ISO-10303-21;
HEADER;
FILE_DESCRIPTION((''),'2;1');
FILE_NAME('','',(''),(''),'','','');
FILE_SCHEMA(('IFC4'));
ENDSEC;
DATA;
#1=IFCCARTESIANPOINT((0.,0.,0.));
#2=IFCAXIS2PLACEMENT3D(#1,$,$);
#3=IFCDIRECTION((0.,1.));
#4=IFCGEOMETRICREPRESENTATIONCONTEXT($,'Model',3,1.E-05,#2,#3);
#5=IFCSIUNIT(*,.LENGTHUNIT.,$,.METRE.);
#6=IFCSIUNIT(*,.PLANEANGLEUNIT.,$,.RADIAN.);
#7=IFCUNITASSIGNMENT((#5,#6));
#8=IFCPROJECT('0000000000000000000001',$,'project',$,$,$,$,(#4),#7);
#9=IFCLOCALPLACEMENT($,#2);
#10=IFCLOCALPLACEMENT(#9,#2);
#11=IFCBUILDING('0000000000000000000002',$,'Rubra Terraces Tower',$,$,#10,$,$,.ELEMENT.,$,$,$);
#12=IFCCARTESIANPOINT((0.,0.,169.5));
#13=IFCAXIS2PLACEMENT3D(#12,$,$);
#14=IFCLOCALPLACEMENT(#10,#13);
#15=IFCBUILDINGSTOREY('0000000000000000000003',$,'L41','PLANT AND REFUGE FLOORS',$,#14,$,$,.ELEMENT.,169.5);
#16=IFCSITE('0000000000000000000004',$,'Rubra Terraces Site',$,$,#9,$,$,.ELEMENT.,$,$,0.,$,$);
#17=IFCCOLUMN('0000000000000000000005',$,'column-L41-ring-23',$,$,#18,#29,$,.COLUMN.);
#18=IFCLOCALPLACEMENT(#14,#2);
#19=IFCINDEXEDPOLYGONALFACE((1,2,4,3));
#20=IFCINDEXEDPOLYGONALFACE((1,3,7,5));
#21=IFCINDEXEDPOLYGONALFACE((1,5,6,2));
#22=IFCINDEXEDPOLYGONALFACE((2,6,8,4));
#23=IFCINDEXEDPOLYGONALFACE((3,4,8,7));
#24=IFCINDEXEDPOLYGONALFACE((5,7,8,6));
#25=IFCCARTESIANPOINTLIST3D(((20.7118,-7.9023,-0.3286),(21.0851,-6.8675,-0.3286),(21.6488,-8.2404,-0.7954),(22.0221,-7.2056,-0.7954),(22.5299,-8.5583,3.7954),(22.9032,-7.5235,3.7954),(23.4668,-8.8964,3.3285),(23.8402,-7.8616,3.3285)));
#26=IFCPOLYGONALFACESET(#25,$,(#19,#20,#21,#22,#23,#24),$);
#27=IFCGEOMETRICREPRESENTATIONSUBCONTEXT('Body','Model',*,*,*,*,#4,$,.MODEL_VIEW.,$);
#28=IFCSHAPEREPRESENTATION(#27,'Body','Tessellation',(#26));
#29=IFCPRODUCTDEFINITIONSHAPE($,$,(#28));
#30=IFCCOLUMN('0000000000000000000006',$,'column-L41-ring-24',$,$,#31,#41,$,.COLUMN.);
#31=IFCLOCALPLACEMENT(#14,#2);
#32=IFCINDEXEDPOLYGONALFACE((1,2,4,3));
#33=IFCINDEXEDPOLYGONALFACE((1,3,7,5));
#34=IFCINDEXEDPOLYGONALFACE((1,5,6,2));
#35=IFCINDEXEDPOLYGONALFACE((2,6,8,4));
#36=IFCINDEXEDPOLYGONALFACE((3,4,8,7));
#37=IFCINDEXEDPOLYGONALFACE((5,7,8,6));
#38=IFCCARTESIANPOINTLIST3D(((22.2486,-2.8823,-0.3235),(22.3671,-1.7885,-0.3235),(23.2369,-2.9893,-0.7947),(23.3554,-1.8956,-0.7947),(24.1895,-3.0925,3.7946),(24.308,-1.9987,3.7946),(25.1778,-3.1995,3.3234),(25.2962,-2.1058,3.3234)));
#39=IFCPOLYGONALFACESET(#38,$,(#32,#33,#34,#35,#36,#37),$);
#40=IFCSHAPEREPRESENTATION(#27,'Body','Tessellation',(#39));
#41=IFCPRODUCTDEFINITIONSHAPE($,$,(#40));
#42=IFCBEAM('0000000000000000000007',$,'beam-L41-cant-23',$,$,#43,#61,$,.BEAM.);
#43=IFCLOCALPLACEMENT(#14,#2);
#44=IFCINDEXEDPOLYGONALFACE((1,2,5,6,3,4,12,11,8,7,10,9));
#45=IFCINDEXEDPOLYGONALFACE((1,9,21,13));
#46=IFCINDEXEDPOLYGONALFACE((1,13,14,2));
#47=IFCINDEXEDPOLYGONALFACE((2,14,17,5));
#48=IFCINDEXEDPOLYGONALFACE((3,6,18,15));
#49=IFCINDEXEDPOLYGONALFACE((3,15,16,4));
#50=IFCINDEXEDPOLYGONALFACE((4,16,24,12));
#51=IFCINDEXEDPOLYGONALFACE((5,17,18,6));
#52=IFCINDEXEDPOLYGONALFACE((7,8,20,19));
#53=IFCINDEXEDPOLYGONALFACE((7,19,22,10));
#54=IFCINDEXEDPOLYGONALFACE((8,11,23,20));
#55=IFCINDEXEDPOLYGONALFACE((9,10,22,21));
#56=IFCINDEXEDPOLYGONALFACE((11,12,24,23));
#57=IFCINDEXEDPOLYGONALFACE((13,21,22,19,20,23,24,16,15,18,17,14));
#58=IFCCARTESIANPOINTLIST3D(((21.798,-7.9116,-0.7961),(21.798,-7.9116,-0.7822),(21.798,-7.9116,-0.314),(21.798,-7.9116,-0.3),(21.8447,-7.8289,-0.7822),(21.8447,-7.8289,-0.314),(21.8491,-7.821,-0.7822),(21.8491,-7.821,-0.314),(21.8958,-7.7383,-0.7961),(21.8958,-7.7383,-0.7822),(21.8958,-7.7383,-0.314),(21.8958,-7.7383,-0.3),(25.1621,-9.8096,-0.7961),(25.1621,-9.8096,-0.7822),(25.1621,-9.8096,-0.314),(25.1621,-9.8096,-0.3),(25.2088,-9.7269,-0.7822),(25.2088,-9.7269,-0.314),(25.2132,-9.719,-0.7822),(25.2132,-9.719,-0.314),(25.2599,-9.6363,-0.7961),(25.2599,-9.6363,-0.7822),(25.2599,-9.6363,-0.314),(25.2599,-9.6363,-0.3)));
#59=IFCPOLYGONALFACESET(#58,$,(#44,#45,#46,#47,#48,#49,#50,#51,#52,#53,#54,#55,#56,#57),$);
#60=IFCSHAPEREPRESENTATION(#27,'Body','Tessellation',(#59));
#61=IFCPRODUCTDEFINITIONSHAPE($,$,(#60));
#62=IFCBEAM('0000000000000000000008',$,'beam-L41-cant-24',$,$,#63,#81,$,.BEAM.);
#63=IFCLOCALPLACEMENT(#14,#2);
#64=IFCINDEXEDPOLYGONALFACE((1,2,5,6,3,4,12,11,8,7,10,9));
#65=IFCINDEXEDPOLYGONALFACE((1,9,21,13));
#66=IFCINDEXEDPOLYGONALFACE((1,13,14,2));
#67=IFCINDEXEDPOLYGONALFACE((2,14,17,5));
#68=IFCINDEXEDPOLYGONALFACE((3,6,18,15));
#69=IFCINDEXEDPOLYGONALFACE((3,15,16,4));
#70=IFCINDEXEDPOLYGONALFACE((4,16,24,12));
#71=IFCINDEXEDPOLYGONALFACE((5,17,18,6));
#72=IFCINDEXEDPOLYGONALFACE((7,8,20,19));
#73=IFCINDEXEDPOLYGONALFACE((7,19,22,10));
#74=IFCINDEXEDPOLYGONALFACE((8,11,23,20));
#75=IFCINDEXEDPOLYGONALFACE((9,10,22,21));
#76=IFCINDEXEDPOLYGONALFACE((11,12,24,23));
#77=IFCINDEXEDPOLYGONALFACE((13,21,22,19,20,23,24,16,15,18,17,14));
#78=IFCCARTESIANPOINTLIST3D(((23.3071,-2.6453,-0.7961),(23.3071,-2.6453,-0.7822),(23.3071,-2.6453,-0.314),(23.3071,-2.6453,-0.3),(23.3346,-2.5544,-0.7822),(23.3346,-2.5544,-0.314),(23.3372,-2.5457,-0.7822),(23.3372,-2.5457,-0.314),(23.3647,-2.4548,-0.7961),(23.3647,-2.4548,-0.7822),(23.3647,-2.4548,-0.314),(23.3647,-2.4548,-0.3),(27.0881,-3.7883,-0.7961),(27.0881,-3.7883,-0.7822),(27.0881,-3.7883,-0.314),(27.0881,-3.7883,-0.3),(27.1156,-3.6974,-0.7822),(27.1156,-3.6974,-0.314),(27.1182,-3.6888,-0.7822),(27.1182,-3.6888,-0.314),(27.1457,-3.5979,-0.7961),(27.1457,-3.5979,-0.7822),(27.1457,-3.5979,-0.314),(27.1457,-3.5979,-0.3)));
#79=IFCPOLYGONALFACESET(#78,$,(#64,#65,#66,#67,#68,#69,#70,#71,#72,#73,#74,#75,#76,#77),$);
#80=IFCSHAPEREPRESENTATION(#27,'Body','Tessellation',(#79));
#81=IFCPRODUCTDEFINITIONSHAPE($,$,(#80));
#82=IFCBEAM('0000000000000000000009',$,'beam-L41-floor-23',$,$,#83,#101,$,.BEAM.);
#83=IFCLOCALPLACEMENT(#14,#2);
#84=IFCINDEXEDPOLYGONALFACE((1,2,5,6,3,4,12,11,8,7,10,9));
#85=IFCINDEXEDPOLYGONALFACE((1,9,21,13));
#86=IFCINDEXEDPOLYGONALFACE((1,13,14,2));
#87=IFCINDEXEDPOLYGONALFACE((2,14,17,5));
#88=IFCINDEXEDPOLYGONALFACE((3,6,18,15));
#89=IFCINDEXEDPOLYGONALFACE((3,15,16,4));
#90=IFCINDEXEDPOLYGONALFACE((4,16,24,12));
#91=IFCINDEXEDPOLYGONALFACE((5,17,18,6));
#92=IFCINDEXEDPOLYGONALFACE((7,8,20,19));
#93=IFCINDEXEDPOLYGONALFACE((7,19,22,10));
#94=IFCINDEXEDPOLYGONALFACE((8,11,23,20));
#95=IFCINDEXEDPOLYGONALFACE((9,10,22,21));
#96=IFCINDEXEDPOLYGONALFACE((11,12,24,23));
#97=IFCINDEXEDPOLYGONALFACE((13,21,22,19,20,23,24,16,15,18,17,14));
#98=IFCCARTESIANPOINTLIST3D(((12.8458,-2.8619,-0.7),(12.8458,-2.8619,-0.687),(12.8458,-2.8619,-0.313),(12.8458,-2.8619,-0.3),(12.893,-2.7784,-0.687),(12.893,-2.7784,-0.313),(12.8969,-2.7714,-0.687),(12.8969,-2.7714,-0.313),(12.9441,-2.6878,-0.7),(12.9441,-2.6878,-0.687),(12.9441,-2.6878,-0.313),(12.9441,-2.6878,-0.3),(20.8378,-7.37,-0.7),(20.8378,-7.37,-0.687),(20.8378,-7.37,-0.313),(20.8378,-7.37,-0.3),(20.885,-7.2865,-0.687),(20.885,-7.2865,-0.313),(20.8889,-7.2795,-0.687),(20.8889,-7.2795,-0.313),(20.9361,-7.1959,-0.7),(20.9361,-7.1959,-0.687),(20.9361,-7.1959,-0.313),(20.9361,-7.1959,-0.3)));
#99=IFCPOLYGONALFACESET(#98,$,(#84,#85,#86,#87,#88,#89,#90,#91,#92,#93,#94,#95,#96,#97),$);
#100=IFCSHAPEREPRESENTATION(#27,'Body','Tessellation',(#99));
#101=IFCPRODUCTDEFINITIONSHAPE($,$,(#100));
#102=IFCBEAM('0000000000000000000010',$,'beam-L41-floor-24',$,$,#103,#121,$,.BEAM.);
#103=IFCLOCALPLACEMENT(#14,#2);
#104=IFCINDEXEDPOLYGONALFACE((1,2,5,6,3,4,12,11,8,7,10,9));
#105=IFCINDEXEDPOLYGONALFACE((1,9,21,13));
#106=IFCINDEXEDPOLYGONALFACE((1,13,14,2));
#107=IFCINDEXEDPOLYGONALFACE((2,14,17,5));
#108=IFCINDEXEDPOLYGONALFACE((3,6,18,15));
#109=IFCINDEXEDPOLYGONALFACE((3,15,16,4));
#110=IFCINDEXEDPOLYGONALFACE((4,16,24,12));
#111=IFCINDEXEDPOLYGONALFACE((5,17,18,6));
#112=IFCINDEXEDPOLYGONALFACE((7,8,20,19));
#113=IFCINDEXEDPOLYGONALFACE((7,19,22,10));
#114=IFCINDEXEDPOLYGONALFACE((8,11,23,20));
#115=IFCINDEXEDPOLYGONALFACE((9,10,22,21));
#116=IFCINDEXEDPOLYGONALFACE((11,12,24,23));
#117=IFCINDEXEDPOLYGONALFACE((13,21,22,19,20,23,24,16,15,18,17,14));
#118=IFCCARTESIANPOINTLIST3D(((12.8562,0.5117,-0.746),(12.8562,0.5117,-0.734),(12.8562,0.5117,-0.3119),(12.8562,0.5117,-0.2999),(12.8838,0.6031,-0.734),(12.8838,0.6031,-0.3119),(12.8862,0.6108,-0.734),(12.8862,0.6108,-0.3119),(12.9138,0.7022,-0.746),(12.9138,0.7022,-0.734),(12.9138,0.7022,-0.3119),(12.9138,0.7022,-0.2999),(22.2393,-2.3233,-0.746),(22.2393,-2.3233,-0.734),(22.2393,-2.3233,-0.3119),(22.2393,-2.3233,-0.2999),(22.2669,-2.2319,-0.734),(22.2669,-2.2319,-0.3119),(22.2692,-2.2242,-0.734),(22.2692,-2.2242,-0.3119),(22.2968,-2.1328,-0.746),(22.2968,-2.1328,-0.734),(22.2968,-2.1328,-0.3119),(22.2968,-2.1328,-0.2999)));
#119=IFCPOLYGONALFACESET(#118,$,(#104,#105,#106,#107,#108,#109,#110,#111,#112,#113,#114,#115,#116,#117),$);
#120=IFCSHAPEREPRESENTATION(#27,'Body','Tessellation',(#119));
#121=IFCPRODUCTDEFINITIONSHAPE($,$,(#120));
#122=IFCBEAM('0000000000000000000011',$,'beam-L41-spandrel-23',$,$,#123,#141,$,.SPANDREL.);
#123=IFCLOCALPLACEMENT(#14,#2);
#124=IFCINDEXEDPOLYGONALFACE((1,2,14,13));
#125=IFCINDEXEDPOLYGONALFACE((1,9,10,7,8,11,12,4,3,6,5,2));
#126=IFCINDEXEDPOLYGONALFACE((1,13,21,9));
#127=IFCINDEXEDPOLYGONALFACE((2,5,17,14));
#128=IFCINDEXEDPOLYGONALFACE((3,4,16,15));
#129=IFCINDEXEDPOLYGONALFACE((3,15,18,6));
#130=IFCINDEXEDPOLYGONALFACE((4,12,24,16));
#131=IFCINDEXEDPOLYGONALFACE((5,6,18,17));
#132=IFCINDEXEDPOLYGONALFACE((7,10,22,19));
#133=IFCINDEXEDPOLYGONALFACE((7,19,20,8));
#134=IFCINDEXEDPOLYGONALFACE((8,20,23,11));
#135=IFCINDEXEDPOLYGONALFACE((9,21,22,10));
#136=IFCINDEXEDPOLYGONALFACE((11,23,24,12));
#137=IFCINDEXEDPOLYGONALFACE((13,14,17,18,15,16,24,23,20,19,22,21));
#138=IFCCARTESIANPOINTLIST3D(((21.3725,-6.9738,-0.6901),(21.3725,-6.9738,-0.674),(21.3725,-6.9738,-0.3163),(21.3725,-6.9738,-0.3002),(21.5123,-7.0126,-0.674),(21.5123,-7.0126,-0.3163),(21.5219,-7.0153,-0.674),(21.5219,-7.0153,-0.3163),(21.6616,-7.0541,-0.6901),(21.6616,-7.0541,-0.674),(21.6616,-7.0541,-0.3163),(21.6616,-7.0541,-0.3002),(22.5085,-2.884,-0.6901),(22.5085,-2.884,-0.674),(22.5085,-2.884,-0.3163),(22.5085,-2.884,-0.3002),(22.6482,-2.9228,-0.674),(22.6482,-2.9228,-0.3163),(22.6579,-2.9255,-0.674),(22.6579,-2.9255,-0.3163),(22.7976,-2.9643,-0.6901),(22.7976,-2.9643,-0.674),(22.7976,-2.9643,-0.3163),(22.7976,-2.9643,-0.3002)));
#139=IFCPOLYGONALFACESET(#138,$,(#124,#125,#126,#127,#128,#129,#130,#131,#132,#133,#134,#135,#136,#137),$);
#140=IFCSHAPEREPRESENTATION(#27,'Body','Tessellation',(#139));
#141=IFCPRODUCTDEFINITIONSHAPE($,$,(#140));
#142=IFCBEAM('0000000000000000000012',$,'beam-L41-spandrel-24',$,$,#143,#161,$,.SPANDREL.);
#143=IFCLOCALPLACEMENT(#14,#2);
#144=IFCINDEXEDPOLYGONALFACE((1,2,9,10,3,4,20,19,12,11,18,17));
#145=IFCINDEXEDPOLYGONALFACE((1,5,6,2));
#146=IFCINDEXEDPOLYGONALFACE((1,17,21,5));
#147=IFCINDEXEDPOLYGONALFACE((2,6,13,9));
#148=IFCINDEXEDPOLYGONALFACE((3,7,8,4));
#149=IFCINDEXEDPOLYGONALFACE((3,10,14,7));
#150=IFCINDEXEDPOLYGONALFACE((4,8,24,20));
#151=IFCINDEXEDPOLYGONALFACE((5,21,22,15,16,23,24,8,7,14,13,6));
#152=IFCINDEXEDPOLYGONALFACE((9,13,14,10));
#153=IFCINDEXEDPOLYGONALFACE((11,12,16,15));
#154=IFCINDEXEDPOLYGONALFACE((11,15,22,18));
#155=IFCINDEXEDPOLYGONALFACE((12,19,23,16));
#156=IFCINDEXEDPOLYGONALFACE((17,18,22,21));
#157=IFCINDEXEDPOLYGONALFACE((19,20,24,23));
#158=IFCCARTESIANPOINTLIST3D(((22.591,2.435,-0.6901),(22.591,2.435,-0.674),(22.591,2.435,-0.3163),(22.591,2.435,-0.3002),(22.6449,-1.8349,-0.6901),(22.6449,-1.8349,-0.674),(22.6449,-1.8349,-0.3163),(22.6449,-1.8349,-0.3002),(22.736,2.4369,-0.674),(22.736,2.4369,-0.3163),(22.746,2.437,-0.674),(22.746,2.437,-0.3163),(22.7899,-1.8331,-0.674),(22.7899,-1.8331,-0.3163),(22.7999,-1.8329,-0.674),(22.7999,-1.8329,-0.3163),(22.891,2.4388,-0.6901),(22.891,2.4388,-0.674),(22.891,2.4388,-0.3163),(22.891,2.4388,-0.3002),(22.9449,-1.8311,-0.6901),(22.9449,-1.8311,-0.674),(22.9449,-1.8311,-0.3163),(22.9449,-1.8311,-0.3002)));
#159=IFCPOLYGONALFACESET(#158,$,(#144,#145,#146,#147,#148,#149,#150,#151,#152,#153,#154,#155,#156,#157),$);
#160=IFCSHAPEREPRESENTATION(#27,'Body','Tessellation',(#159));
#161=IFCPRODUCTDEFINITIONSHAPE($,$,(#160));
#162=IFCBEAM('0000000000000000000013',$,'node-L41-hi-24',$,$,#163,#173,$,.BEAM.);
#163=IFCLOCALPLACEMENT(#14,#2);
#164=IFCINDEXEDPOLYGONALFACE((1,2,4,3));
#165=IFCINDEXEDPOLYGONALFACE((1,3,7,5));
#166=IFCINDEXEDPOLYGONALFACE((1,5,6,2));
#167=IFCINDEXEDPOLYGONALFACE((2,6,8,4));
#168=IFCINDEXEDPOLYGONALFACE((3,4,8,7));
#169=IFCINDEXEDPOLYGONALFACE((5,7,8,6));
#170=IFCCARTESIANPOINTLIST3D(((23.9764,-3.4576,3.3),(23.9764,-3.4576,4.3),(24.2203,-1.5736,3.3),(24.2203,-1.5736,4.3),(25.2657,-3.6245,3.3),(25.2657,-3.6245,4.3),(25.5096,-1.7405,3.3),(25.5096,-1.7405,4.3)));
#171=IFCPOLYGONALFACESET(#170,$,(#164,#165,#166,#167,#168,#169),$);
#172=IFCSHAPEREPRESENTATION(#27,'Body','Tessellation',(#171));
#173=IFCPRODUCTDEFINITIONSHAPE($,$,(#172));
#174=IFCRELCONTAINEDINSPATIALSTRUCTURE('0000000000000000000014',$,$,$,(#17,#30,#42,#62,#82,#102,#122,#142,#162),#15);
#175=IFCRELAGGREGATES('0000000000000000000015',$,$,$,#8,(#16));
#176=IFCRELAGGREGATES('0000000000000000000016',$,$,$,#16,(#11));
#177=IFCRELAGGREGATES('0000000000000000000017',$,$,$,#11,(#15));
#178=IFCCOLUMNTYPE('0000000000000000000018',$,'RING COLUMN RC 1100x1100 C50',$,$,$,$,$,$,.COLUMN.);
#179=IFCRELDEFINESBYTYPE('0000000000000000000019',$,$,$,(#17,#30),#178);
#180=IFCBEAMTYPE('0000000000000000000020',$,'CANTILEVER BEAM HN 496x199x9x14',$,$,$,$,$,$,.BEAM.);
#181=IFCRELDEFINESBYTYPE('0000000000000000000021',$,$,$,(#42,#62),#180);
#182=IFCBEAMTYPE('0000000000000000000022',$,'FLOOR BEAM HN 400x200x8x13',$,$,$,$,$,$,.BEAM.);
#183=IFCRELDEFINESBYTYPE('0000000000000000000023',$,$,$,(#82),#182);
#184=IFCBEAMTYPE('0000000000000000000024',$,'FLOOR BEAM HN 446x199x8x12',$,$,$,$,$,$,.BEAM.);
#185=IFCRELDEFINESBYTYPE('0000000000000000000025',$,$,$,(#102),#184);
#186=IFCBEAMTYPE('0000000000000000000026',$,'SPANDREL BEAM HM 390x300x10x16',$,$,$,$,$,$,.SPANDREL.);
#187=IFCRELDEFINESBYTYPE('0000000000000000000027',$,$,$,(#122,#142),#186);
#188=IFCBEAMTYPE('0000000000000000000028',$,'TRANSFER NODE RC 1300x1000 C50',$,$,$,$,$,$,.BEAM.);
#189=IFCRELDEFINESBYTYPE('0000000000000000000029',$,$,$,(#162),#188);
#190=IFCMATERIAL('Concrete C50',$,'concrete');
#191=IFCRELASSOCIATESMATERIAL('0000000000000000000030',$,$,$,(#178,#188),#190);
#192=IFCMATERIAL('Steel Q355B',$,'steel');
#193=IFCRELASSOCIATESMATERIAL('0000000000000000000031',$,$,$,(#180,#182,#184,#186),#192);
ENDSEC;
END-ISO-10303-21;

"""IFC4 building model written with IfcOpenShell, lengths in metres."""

from ifc_helpers import new_model, si_unit, direction, frame, origin, origin_2d, place, context, subcontext, project, spatial, rectangle, i_section, extrude, material, material_profile, profile_set, type_object, element, save


model = new_model("IFC4")

# Units and contexts
model_context = context("Model", 3, precision=1e-05, world=origin(), true_north=direction((0.0, 1.0)))
body_context = subcontext(model_context, "Body", "Model", "MODEL_VIEW")
ifc_project = project(units=[si_unit("LENGTHUNIT", "METRE"), si_unit("PLANEANGLEUNIT", "RADIAN")], contexts=[model_context])

# Site, building, storey
site_placement = place(None, origin())
site = spatial("IfcSite", under=ifc_project, at=site_placement, Name="Rubra Terraces Site", CompositionType="ELEMENT", RefElevation=0.0)
building_placement = place(site_placement, origin())
building = spatial("IfcBuilding", under=site, at=building_placement, Name="Rubra Terraces Tower", CompositionType="ELEMENT")
storey_placement = place(building_placement, frame((0.0, 0.0, 169.5)))
storey = spatial("IfcBuildingStorey", under=building, at=storey_placement, Name="L41", Description="PLANT AND REFUGE FLOORS", CompositionType="ELEMENT", Elevation=169.5)

# Columns
ifc_material_1 = material(Name="Concrete C50", Category="concrete")
ifc_material_profile_1 = material_profile(ifc_material_1, rectangle(XDim=1.1001, YDim=1.1001, at=origin_2d()), Name="RC 1100x1100")
ifc_profile_set_1 = profile_set([ifc_material_profile_1], Name="Concrete C50")
column_type = type_object("IfcColumnType", Name="RING COLUMN RC 1100x1100 C50", PredefinedType="COLUMN", material=ifc_profile_set_1)
column_1_placement = place(storey_placement, frame((21.3669, -7.554, -0.562), z_axis=(0.399191, -0.144035, 0.905484), x_axis=(0.339399, 0.940642, 0.0)))
element("IfcColumn", 1, at=column_1_placement, inside=storey, type_object=column_type, Name="column-L41-ring-23", PredefinedType="COLUMN", context=body_context, shape_type="SweptSolid", body=[
    extrude(rectangle(XDim=1.1001, YDim=1.1001, at=origin_2d()), origin(), (0.0, 0.0, 1.0), 4.5544),
])
column_2_placement = place(storey_placement, frame((22.802, -2.3889, -0.5591), z_axis=(0.425875, -0.046123, 0.903606), x_axis=(0.107672, 0.994186, 0.0)))
element("IfcColumn", 2, at=column_2_placement, inside=storey, type_object=column_type, Name="column-L41-ring-24", PredefinedType="COLUMN", context=body_context, shape_type="SweptSolid", body=[
    extrude(rectangle(XDim=1.1001, YDim=1.1001, at=origin_2d()), origin(), (0.0, 0.0, 1.0), 4.5574),
])

# Beams
ifc_material_2 = material(Name="Steel Q355B", Category="steel")
ifc_material_profile_2 = material_profile(ifc_material_2, i_section(OverallWidth=0.199, OverallDepth=0.4961, WebThickness=0.009, FlangeThickness=0.0139, at=origin_2d()), Name="HN 496x199x9x14")
ifc_profile_set_2 = profile_set([ifc_material_profile_2], Name="Steel Q355B")
beam_type_1 = type_object("IfcBeamType", Name="CANTILEVER BEAM HN 496x199x9x14", PredefinedType="BEAM", material=ifc_profile_set_2)
beam_1_placement = place(storey_placement, frame((21.8469, -7.825, -0.5481), z_axis=(0.870945, -0.49138, 0.0), x_axis=(0.49138, 0.870945, 0.0)))
element("IfcBeam", 3, at=beam_1_placement, inside=storey, type_object=beam_type_1, Name="beam-L41-cant-23", PredefinedType="BEAM", context=body_context, shape_type="SweptSolid", body=[
    extrude(i_section(OverallWidth=0.199, OverallDepth=0.4961, WebThickness=0.009, FlangeThickness=0.0139, at=origin_2d()), origin(), (0.0, 0.0, 1.0), 3.8625),
])
beam_2_placement = place(storey_placement, frame((23.3359, -2.55, -0.5481), z_axis=(0.957213, -0.289383, 0.0), x_axis=(0.289383, 0.957213, 0.0)))
element("IfcBeam", 4, at=beam_2_placement, inside=storey, type_object=beam_type_1, Name="beam-L41-cant-24", PredefinedType="BEAM", context=body_context, shape_type="SweptSolid", body=[
    extrude(i_section(OverallWidth=0.199, OverallDepth=0.4961, WebThickness=0.009, FlangeThickness=0.0139, at=origin_2d()), origin(), (0.0, 0.0, 1.0), 3.95),
])
ifc_material_profile_3 = material_profile(ifc_material_2, i_section(OverallWidth=0.2, OverallDepth=0.3999, WebThickness=0.0081, FlangeThickness=0.0129, at=origin_2d()), Name="HN 400x200x8x13")
ifc_profile_set_3 = profile_set([ifc_material_profile_3], Name="Steel Q355B")
beam_type_2 = type_object("IfcBeamType", Name="FLOOR BEAM HN 400x200x8x13", PredefinedType="BEAM", material=ifc_profile_set_3)
beam_3_placement = place(storey_placement, frame((20.887, -7.283, -0.5), z_axis=(-0.870989, 0.491303, 0.0), x_axis=(-0.491303, -0.870989, 0.0)))
element("IfcBeam", 5, at=beam_3_placement, inside=storey, type_object=beam_type_2, Name="beam-L41-floor-23", PredefinedType="BEAM", context=body_context, shape_type="SweptSolid", body=[
    extrude(i_section(OverallWidth=0.2, OverallDepth=0.3999, WebThickness=0.0081, FlangeThickness=0.0129, at=origin_2d()), origin(), (0.0, 0.0, 1.0), 9.1758),
])
ifc_material_profile_4 = material_profile(ifc_material_2, i_section(OverallWidth=0.199, OverallDepth=0.446, WebThickness=0.0081, FlangeThickness=0.012, at=origin_2d()), Name="HN 446x199x8x12")
ifc_profile_set_4 = profile_set([ifc_material_profile_4], Name="Steel Q355B")
beam_type_3 = type_object("IfcBeamType", Name="FLOOR BEAM HN 446x199x8x12", PredefinedType="BEAM", material=ifc_profile_set_4)
beam_4_placement = place(storey_placement, frame((22.2681, -2.228, -0.5229), z_axis=(-0.957262, 0.289223, 0.0), x_axis=(-0.289223, -0.957262, 0.0)))
element("IfcBeam", 6, at=beam_4_placement, inside=storey, type_object=beam_type_3, Name="beam-L41-floor-24", PredefinedType="BEAM", context=body_context, shape_type="SweptSolid", body=[
    extrude(i_section(OverallWidth=0.199, OverallDepth=0.446, WebThickness=0.0081, FlangeThickness=0.012, at=origin_2d()), origin(), (0.0, 0.0, 1.0), 9.802),
])
ifc_material_profile_5 = material_profile(ifc_material_2, i_section(OverallWidth=0.3, OverallDepth=0.3899, WebThickness=0.01, FlangeThickness=0.0161, at=origin_2d()), Name="HM 390x300x10x16")
ifc_profile_set_5 = profile_set([ifc_material_profile_5], Name="Steel Q355B")
beam_type_4 = type_object("IfcBeamType", Name="SPANDREL BEAM HM 390x300x10x16", PredefinedType="SPANDREL", material=ifc_profile_set_5)
beam_5_placement = place(storey_placement, frame((21.5171, -7.0139, -0.4951), z_axis=(0.267626, 0.963523, 0.0), x_axis=(-0.963523, 0.267626, 0.0)))
element("IfcBeam", 7, at=beam_5_placement, inside=storey, type_object=beam_type_4, Name="beam-L41-spandrel-23", PredefinedType="SPANDREL", context=body_context, shape_type="SweptSolid", body=[
    extrude(i_section(OverallWidth=0.3, OverallDepth=0.3899, WebThickness=0.01, FlangeThickness=0.0161, at=origin_2d()), origin(), (0.0, 0.0, 1.0), 4.2446),
])
beam_6_placement = place(storey_placement, frame((22.7949, -1.833, -0.4951), z_axis=(-0.012635, 0.99992, 0.0), x_axis=(-0.99992, -0.012635, 0.0)))
element("IfcBeam", 8, at=beam_6_placement, inside=storey, type_object=beam_type_4, Name="beam-L41-spandrel-24", PredefinedType="SPANDREL", context=body_context, shape_type="SweptSolid", body=[
    extrude(i_section(OverallWidth=0.3, OverallDepth=0.3899, WebThickness=0.01, FlangeThickness=0.0161, at=origin_2d()), origin(), (0.0, 0.0, 1.0), 4.2703),
])
ifc_material_profile_6 = material_profile(ifc_material_1, rectangle(XDim=1.3, YDim=1.0, at=origin_2d()), Name="RC 1300x1000")
ifc_profile_set_6 = profile_set([ifc_material_profile_6], Name="Concrete C50")
beam_type_5 = type_object("IfcBeamType", Name="TRANSFER NODE RC 1300x1000 C50", PredefinedType="BEAM", material=ifc_profile_set_6)
beam_7_placement = place(storey_placement, frame((24.6211, -3.541, 3.8), z_axis=(0.128383, 0.991725, 0.0), x_axis=(-0.991725, 0.128383, 0.0)))
element("IfcBeam", 9, at=beam_7_placement, inside=storey, type_object=beam_type_5, Name="node-L41-hi-24", PredefinedType="BEAM", context=body_context, shape_type="SweptSolid", body=[
    extrude(rectangle(XDim=1.3, YDim=1.0, at=origin_2d()), origin(), (0.0, 0.0, 1.0), 1.8997),
])

save(model, "model.ifc")
